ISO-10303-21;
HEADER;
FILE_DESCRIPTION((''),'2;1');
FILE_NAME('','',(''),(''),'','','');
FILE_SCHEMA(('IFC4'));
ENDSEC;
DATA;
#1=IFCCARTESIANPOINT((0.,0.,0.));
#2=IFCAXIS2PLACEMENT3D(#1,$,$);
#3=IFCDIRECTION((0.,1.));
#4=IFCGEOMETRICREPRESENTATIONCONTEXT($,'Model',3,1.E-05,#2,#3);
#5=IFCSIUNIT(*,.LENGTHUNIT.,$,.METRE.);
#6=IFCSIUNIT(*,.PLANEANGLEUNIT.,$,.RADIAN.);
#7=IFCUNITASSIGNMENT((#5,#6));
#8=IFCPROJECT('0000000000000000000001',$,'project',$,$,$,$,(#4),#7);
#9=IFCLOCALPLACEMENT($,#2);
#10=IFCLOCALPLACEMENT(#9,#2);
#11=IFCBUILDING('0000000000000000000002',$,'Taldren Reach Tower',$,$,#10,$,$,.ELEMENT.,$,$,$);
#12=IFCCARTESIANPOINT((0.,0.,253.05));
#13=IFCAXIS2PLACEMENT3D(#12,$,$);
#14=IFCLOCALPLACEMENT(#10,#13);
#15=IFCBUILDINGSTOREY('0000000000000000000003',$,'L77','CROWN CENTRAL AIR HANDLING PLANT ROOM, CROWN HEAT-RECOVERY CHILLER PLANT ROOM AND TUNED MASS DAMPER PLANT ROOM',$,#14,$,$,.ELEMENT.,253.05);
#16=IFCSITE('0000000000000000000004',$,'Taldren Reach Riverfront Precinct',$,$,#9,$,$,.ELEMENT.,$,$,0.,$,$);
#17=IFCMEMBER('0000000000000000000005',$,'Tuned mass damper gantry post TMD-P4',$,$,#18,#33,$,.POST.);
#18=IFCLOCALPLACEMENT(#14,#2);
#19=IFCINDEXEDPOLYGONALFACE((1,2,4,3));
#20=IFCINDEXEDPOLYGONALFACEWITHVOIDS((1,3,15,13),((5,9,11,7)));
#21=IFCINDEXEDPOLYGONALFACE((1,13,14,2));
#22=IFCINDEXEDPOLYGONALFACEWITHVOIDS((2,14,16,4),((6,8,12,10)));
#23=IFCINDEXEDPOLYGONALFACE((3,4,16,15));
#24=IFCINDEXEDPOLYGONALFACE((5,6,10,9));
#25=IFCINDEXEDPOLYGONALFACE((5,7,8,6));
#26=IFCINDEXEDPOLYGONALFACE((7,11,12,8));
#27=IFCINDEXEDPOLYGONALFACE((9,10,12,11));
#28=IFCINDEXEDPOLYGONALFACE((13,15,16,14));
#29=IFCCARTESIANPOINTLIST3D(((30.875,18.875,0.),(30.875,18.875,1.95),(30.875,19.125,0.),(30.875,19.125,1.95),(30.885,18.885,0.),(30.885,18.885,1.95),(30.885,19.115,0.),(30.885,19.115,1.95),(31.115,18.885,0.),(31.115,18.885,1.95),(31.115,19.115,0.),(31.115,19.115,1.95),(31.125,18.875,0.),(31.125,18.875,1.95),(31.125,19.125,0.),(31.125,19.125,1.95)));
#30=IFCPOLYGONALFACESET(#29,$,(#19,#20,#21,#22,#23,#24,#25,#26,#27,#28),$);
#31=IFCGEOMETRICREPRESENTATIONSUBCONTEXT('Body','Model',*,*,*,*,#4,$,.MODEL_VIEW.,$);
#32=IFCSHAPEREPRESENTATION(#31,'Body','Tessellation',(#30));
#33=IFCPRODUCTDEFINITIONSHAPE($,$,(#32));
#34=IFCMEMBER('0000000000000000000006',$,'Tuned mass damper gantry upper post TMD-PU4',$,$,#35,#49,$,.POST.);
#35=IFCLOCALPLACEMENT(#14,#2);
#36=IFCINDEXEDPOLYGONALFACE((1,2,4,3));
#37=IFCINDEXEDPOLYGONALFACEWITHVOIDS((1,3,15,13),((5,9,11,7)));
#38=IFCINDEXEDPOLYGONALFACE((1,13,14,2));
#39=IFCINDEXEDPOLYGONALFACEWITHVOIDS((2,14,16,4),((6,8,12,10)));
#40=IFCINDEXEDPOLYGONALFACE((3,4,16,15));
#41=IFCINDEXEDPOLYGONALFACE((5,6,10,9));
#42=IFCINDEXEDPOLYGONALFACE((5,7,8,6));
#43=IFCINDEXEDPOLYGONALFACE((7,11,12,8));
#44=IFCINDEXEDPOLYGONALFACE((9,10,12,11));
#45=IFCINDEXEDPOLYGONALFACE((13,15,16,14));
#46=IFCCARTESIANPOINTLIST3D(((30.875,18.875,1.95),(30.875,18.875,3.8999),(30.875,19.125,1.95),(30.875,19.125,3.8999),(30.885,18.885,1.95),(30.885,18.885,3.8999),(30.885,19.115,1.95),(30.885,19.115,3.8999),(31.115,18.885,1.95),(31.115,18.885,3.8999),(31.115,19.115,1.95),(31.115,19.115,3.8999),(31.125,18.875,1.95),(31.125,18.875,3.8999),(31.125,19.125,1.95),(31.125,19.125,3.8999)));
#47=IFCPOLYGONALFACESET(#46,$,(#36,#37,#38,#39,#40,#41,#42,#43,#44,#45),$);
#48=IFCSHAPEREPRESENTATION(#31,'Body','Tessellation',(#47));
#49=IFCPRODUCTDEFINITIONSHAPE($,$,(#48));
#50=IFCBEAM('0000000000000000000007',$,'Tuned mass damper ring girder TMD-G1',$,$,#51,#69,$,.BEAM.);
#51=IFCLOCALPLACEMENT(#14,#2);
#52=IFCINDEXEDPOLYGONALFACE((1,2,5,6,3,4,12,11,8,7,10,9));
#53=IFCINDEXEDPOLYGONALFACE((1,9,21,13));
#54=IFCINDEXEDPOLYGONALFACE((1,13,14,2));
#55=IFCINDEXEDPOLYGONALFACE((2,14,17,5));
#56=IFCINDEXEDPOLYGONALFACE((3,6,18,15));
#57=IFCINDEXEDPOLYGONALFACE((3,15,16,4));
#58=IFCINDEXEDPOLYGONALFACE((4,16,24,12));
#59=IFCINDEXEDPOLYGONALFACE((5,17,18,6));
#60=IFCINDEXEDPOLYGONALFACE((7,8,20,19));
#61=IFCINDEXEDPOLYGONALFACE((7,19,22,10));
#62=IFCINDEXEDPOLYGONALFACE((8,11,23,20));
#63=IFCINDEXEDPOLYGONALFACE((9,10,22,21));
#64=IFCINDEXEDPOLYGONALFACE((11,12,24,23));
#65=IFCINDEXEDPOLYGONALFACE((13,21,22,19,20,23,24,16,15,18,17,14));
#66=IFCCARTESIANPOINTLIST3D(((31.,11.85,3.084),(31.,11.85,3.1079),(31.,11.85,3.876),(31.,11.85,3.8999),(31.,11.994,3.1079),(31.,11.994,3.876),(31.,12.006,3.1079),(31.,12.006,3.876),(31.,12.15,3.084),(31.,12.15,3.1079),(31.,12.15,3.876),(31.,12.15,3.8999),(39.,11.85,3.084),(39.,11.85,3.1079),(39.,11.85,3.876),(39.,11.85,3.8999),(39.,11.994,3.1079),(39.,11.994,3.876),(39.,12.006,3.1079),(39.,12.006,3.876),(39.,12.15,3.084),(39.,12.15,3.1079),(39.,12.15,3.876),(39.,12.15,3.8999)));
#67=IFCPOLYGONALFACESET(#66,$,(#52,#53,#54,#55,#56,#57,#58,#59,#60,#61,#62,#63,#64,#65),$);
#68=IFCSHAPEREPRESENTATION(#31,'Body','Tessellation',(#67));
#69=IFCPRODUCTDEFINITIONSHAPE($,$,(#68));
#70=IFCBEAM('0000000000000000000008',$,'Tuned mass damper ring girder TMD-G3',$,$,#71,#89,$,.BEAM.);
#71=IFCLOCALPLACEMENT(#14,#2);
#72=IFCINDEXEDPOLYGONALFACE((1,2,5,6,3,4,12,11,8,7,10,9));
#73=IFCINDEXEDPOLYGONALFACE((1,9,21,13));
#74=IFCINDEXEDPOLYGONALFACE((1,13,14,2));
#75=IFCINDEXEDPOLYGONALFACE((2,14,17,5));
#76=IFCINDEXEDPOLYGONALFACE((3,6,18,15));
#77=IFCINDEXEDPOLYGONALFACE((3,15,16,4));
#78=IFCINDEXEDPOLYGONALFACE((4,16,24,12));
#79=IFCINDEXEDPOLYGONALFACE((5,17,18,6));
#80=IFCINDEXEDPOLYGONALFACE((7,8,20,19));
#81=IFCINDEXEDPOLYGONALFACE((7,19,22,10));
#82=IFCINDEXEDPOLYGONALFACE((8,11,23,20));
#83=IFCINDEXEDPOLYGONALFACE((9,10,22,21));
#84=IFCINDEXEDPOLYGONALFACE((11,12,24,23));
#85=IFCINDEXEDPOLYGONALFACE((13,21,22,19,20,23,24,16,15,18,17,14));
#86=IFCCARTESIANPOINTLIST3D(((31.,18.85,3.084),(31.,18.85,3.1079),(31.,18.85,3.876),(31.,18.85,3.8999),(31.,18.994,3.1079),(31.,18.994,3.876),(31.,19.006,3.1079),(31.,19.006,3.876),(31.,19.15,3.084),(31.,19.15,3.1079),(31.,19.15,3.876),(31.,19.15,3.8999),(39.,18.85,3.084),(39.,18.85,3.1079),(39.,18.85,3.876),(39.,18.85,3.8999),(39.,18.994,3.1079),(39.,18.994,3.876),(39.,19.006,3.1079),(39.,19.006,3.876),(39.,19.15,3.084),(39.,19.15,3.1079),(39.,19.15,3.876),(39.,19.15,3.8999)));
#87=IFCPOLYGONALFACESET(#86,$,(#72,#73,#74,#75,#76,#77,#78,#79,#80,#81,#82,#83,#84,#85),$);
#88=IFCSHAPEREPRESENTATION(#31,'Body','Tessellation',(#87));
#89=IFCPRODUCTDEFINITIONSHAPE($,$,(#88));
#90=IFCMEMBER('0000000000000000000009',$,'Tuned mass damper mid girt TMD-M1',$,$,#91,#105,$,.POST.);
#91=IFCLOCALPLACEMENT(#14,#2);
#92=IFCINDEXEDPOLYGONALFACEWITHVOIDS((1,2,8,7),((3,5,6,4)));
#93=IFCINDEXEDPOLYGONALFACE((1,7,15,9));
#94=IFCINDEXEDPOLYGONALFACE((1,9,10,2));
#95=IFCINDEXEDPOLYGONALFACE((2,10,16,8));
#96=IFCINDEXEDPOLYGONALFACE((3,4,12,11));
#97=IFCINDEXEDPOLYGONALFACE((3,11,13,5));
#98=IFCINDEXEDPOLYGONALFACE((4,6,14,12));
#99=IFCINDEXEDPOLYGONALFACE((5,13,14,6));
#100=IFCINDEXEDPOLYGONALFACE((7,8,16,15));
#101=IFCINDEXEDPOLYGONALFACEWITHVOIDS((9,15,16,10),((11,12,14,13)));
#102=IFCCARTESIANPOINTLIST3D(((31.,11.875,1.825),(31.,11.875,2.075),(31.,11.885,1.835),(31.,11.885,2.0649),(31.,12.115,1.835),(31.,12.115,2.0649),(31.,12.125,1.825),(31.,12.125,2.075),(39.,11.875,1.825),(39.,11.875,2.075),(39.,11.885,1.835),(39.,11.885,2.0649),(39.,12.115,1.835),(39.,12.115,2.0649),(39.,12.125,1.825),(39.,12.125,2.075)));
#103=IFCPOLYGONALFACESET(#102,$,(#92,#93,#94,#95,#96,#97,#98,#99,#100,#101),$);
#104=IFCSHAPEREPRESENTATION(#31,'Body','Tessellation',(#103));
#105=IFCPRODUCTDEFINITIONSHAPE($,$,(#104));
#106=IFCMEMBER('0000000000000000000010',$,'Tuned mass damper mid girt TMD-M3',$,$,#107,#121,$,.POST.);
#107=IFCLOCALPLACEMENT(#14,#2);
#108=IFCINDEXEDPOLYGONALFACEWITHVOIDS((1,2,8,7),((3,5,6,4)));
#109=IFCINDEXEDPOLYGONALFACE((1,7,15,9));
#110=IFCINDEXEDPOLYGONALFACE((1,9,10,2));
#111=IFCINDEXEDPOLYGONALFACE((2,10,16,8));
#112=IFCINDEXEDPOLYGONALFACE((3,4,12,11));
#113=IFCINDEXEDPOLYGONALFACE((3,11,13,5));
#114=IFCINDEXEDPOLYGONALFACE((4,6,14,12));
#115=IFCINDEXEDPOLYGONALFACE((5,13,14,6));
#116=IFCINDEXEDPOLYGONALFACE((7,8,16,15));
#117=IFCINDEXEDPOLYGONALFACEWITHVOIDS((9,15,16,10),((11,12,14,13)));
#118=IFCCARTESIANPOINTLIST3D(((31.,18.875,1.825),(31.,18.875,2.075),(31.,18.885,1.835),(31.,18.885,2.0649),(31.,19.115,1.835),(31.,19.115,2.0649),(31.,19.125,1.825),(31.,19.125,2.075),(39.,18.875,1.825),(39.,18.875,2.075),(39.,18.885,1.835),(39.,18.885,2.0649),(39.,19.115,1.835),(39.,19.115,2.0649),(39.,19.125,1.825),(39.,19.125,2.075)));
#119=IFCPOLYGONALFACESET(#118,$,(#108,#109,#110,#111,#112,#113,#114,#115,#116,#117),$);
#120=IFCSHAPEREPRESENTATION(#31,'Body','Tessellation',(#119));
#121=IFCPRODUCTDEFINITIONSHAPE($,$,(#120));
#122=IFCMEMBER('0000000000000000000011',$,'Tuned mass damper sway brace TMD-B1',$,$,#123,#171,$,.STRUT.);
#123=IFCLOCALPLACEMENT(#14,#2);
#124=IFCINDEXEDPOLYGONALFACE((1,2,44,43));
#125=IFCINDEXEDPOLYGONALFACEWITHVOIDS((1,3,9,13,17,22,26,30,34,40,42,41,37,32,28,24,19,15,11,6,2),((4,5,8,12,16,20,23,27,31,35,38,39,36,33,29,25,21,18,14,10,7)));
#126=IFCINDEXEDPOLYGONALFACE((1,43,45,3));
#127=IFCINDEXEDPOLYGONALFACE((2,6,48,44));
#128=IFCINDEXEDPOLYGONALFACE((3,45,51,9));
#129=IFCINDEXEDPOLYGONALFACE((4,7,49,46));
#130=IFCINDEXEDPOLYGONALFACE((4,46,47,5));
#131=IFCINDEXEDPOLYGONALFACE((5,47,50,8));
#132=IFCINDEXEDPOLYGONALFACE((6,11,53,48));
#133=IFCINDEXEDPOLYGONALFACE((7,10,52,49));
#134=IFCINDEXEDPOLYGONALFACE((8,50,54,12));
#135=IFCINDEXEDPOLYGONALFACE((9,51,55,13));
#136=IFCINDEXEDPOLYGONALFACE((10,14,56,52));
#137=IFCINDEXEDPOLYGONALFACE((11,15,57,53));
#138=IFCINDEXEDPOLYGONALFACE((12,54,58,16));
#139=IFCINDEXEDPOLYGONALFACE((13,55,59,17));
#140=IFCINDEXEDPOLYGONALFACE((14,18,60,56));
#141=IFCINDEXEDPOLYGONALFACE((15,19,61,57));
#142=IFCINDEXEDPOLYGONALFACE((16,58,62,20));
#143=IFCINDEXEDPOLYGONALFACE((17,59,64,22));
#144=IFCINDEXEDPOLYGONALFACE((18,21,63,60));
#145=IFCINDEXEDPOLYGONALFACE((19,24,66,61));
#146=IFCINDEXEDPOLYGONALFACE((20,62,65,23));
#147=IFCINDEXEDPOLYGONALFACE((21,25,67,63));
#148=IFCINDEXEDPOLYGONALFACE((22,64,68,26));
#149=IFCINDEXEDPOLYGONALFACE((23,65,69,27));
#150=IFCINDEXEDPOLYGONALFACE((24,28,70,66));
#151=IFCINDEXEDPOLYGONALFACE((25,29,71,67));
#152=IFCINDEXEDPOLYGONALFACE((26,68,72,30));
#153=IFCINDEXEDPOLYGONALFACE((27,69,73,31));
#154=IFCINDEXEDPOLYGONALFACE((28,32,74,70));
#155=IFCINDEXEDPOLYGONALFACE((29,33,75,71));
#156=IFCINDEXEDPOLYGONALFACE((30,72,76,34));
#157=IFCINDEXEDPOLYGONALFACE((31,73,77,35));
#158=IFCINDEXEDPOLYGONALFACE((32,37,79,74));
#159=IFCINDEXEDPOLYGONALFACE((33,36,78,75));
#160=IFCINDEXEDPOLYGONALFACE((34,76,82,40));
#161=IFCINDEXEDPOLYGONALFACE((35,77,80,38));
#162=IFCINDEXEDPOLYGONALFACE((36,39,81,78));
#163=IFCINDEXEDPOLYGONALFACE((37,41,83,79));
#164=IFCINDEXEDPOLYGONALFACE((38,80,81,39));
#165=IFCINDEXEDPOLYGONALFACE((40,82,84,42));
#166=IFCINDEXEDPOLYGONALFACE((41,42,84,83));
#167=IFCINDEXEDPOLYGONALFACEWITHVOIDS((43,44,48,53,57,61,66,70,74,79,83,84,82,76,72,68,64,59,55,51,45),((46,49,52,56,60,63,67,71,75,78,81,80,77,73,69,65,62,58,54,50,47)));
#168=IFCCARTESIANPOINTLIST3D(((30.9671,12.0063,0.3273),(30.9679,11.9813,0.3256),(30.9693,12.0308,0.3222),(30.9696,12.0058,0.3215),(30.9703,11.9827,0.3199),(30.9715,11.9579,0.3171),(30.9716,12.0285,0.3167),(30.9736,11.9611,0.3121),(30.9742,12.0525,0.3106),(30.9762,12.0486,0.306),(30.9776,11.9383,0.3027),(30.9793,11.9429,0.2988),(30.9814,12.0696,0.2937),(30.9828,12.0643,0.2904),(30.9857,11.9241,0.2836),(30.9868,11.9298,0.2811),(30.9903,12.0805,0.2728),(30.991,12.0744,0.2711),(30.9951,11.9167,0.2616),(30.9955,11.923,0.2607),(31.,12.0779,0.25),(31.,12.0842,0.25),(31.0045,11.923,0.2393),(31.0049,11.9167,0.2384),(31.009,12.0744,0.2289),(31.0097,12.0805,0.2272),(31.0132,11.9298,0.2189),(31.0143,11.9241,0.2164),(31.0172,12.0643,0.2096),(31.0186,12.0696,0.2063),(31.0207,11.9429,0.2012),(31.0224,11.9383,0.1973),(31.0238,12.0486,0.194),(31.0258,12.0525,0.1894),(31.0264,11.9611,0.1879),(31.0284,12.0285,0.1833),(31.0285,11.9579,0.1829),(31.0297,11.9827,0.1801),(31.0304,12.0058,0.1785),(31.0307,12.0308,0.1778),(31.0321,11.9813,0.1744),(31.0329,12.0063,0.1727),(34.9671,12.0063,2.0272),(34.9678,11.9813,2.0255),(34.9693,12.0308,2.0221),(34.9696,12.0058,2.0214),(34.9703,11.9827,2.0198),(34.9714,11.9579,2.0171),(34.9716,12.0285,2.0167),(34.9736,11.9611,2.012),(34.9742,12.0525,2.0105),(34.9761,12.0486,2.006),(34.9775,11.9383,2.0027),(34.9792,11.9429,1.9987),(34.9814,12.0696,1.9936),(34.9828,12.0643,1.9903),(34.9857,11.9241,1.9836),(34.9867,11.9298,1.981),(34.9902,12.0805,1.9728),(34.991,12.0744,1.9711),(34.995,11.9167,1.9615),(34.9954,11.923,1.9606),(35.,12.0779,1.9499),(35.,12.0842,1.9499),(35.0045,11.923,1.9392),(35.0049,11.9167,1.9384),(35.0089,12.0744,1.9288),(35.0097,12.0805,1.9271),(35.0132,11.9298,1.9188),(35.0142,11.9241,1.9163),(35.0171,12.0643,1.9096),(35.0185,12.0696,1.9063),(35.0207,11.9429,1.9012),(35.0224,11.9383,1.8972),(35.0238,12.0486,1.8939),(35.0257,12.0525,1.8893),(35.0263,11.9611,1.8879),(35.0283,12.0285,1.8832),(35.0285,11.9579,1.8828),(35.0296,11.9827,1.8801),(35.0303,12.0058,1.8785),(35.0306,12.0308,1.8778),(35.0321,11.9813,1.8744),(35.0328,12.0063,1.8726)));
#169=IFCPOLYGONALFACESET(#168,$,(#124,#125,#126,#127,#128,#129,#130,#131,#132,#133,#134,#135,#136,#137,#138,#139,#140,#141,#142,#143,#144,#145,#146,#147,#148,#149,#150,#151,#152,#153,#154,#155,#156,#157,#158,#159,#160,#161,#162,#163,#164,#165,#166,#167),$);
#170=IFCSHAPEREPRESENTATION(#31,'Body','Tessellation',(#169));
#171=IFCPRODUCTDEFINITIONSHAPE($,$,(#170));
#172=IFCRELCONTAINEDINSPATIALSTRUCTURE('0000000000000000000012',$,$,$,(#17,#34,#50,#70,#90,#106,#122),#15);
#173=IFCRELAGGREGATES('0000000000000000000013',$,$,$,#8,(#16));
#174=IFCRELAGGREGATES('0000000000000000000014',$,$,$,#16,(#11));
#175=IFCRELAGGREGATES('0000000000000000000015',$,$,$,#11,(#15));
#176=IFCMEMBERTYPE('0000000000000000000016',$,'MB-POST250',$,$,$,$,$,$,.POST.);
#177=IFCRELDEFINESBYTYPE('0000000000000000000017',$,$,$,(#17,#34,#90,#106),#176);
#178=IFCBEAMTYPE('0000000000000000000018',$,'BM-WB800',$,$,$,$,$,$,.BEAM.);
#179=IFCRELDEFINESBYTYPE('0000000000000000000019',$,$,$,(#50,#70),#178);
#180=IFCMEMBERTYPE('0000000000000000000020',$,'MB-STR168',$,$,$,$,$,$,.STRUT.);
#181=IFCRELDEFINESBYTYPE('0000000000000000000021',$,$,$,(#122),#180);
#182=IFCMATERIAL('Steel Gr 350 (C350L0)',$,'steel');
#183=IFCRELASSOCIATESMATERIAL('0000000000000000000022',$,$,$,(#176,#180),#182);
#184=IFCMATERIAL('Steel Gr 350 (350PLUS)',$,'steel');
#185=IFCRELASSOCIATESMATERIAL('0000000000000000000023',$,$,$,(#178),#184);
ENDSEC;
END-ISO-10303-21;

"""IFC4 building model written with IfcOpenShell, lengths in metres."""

from ifc_helpers import new_model, si_unit, direction, frame, origin, origin_2d, place, context, subcontext, project, spatial, hollow_rectangle, hollow_circle, i_section, extrude, source, transform, mapped, material, material_profile, profile_set, type_object, element, save


model = new_model("IFC4")

# Units and contexts
model_context = context("Model", 3, precision=1e-05, world=origin(), true_north=direction((0.0, 1.0)))
body_context = subcontext(model_context, "Body", "Model", "MODEL_VIEW")
ifc_project = project(units=[si_unit("LENGTHUNIT", "METRE"), si_unit("PLANEANGLEUNIT", "RADIAN")], contexts=[model_context])

# Site, building, storey
site_placement = place(None, origin())
site = spatial("IfcSite", under=ifc_project, at=site_placement, Name="Taldren Reach Riverfront Precinct", CompositionType="ELEMENT", RefElevation=0.0)
building_placement = place(site_placement, origin())
building = spatial("IfcBuilding", under=site, at=building_placement, Name="Taldren Reach Tower", CompositionType="ELEMENT")
storey_placement = place(building_placement, frame((0.0, 0.0, 253.05)))
storey = spatial("IfcBuildingStorey", under=building, at=storey_placement, Name="L77", Description="CROWN CENTRAL AIR HANDLING PLANT ROOM, CROWN HEAT-RECOVERY CHILLER PLANT ROOM AND TUNED MASS DAMPER PLANT ROOM", CompositionType="ELEMENT", Elevation=253.05)

# Members
ifc_material_1 = material(Name="Steel Gr 350 (350PLUS)", Category="steel")
ifc_material_2 = material(Name="Steel Gr 350 (C350L0)", Category="steel")
ifc_material_profile_1 = material_profile(ifc_material_2, hollow_rectangle(XDim=0.25, YDim=0.25, WallThickness=0.01, at=origin_2d()), Name="250x250x10.0SHS")
ifc_profile_set_1 = profile_set([ifc_material_profile_1], Name="Steel Gr 350 (C350L0)")
member_type_1 = type_object("IfcMemberType", Name="MB-POST250", PredefinedType="POST", material=ifc_profile_set_1)
shared_shape_1 = source(origin(), body_context, "Body", "SweptSolid", [
    extrude(hollow_rectangle(XDim=0.25, YDim=0.25, WallThickness=0.01, at=origin_2d()), origin(), (0.0, 0.0, 1.0), 1.95),
])
for number, where, z_axis, x_axis, name in (
    (1, (31.0, 19.0, 0.0), (0.0, 0.0, 1.0), (1.0, 0.0, 0.0), "Tuned mass damper gantry post TMD-P4"),
    (2, (31.0, 19.0, 1.95), (0.0, 0.0, 1.0), (1.0, 0.0, 0.0), "Tuned mass damper gantry upper post TMD-PU4"),
):
    element("IfcMember", number, at=place(storey_placement, frame(where, z_axis=z_axis, x_axis=x_axis)), inside=storey, type_object=member_type_1, Name=name, PredefinedType="POST", context=body_context, shape_type="MappedRepresentation", body=[
        mapped(shared_shape_1, transform((0.0, 0.0, 0.0), scale=1.0)),
    ])

# Beams
ifc_material_profile_2 = material_profile(ifc_material_1, i_section(OverallWidth=0.3, OverallDepth=0.8159, WebThickness=0.012, FlangeThickness=0.0239, at=origin_2d()), Name="800WB192")
ifc_profile_set_2 = profile_set([ifc_material_profile_2], Name="Steel Gr 350 (350PLUS)")
beam_type = type_object("IfcBeamType", Name="BM-WB800", PredefinedType="BEAM", material=ifc_profile_set_2)
shared_shape_2 = source(origin(), body_context, "Body", "SweptSolid", [
    extrude(i_section(OverallWidth=0.3, OverallDepth=0.8159, WebThickness=0.012, FlangeThickness=0.0239, at=origin_2d()), origin(), (0.0, 0.0, 1.0), 8.0),
])
for number, where, z_axis, x_axis, name in (
    (3, (31.0, 12.0, 3.4919), (1.0, 0.0, 0.0), (0.0, 1.0, 0.0), "Tuned mass damper ring girder TMD-G1"),
    (4, (39.0, 19.0, 3.4919), (-1.0, 0.0, 0.0), (0.0, -1.0, 0.0), "Tuned mass damper ring girder TMD-G3"),
):
    element("IfcBeam", number, at=place(storey_placement, frame(where, z_axis=z_axis, x_axis=x_axis)), inside=storey, type_object=beam_type, Name=name, PredefinedType="BEAM", context=body_context, shape_type="MappedRepresentation", body=[
        mapped(shared_shape_2, transform((0.0, 0.0, 0.0), scale=1.0)),
    ])

# Members
shared_shape_3 = source(origin(), body_context, "Body", "SweptSolid", [
    extrude(hollow_rectangle(XDim=0.25, YDim=0.25, WallThickness=0.01, at=origin_2d()), origin(), (0.0, 0.0, 1.0), 8.0),
])
for number, where, z_axis, x_axis, name in (
    (5, (31.0, 12.0, 1.95), (1.0, 0.0, 0.0), (0.0, 1.0, 0.0), "Tuned mass damper mid girt TMD-M1"),
    (6, (39.0, 19.0, 1.95), (-1.0, 0.0, 0.0), (0.0, -1.0, 0.0), "Tuned mass damper mid girt TMD-M3"),
):
    element("IfcMember", number, at=place(storey_placement, frame(where, z_axis=z_axis, x_axis=x_axis)), inside=storey, type_object=member_type_1, Name=name, PredefinedType="POST", context=body_context, shape_type="MappedRepresentation", body=[
        mapped(shared_shape_3, transform((0.0, 0.0, 0.0), scale=1.0)),
    ])
ifc_material_profile_3 = material_profile(ifc_material_2, hollow_circle(Radius=0.0842, WallThickness=0.0063, at=origin_2d()), Name="168x6.4CHS")
ifc_profile_set_3 = profile_set([ifc_material_profile_3], Name="Steel Gr 350 (C350L0)")
member_type_2 = type_object("IfcMemberType", Name="MB-STR168", PredefinedType="STRUT", material=ifc_profile_set_3)
shared_shape_4 = source(origin(), body_context, "Body", "SweptSolid", [
    extrude(hollow_circle(Radius=0.0842, WallThickness=0.0063, at=origin_2d()), origin(), (0.0, 0.0, 1.0), 4.3462),
])
for number, where, z_axis, x_axis, name in (
    (7, (31.0, 12.0, 0.25), (0.920335, 0.0, 0.391131), (0.0, 1.0, 0.0), "Tuned mass damper sway brace TMD-B1"),
):
    element("IfcMember", number, at=place(storey_placement, frame(where, z_axis=z_axis, x_axis=x_axis)), inside=storey, type_object=member_type_2, Name=name, PredefinedType="STRUT", context=body_context, shape_type="MappedRepresentation", body=[
        mapped(shared_shape_4, transform((0.0, 0.0, 0.0), scale=1.0)),
    ])

save(model, "model.ifc")
